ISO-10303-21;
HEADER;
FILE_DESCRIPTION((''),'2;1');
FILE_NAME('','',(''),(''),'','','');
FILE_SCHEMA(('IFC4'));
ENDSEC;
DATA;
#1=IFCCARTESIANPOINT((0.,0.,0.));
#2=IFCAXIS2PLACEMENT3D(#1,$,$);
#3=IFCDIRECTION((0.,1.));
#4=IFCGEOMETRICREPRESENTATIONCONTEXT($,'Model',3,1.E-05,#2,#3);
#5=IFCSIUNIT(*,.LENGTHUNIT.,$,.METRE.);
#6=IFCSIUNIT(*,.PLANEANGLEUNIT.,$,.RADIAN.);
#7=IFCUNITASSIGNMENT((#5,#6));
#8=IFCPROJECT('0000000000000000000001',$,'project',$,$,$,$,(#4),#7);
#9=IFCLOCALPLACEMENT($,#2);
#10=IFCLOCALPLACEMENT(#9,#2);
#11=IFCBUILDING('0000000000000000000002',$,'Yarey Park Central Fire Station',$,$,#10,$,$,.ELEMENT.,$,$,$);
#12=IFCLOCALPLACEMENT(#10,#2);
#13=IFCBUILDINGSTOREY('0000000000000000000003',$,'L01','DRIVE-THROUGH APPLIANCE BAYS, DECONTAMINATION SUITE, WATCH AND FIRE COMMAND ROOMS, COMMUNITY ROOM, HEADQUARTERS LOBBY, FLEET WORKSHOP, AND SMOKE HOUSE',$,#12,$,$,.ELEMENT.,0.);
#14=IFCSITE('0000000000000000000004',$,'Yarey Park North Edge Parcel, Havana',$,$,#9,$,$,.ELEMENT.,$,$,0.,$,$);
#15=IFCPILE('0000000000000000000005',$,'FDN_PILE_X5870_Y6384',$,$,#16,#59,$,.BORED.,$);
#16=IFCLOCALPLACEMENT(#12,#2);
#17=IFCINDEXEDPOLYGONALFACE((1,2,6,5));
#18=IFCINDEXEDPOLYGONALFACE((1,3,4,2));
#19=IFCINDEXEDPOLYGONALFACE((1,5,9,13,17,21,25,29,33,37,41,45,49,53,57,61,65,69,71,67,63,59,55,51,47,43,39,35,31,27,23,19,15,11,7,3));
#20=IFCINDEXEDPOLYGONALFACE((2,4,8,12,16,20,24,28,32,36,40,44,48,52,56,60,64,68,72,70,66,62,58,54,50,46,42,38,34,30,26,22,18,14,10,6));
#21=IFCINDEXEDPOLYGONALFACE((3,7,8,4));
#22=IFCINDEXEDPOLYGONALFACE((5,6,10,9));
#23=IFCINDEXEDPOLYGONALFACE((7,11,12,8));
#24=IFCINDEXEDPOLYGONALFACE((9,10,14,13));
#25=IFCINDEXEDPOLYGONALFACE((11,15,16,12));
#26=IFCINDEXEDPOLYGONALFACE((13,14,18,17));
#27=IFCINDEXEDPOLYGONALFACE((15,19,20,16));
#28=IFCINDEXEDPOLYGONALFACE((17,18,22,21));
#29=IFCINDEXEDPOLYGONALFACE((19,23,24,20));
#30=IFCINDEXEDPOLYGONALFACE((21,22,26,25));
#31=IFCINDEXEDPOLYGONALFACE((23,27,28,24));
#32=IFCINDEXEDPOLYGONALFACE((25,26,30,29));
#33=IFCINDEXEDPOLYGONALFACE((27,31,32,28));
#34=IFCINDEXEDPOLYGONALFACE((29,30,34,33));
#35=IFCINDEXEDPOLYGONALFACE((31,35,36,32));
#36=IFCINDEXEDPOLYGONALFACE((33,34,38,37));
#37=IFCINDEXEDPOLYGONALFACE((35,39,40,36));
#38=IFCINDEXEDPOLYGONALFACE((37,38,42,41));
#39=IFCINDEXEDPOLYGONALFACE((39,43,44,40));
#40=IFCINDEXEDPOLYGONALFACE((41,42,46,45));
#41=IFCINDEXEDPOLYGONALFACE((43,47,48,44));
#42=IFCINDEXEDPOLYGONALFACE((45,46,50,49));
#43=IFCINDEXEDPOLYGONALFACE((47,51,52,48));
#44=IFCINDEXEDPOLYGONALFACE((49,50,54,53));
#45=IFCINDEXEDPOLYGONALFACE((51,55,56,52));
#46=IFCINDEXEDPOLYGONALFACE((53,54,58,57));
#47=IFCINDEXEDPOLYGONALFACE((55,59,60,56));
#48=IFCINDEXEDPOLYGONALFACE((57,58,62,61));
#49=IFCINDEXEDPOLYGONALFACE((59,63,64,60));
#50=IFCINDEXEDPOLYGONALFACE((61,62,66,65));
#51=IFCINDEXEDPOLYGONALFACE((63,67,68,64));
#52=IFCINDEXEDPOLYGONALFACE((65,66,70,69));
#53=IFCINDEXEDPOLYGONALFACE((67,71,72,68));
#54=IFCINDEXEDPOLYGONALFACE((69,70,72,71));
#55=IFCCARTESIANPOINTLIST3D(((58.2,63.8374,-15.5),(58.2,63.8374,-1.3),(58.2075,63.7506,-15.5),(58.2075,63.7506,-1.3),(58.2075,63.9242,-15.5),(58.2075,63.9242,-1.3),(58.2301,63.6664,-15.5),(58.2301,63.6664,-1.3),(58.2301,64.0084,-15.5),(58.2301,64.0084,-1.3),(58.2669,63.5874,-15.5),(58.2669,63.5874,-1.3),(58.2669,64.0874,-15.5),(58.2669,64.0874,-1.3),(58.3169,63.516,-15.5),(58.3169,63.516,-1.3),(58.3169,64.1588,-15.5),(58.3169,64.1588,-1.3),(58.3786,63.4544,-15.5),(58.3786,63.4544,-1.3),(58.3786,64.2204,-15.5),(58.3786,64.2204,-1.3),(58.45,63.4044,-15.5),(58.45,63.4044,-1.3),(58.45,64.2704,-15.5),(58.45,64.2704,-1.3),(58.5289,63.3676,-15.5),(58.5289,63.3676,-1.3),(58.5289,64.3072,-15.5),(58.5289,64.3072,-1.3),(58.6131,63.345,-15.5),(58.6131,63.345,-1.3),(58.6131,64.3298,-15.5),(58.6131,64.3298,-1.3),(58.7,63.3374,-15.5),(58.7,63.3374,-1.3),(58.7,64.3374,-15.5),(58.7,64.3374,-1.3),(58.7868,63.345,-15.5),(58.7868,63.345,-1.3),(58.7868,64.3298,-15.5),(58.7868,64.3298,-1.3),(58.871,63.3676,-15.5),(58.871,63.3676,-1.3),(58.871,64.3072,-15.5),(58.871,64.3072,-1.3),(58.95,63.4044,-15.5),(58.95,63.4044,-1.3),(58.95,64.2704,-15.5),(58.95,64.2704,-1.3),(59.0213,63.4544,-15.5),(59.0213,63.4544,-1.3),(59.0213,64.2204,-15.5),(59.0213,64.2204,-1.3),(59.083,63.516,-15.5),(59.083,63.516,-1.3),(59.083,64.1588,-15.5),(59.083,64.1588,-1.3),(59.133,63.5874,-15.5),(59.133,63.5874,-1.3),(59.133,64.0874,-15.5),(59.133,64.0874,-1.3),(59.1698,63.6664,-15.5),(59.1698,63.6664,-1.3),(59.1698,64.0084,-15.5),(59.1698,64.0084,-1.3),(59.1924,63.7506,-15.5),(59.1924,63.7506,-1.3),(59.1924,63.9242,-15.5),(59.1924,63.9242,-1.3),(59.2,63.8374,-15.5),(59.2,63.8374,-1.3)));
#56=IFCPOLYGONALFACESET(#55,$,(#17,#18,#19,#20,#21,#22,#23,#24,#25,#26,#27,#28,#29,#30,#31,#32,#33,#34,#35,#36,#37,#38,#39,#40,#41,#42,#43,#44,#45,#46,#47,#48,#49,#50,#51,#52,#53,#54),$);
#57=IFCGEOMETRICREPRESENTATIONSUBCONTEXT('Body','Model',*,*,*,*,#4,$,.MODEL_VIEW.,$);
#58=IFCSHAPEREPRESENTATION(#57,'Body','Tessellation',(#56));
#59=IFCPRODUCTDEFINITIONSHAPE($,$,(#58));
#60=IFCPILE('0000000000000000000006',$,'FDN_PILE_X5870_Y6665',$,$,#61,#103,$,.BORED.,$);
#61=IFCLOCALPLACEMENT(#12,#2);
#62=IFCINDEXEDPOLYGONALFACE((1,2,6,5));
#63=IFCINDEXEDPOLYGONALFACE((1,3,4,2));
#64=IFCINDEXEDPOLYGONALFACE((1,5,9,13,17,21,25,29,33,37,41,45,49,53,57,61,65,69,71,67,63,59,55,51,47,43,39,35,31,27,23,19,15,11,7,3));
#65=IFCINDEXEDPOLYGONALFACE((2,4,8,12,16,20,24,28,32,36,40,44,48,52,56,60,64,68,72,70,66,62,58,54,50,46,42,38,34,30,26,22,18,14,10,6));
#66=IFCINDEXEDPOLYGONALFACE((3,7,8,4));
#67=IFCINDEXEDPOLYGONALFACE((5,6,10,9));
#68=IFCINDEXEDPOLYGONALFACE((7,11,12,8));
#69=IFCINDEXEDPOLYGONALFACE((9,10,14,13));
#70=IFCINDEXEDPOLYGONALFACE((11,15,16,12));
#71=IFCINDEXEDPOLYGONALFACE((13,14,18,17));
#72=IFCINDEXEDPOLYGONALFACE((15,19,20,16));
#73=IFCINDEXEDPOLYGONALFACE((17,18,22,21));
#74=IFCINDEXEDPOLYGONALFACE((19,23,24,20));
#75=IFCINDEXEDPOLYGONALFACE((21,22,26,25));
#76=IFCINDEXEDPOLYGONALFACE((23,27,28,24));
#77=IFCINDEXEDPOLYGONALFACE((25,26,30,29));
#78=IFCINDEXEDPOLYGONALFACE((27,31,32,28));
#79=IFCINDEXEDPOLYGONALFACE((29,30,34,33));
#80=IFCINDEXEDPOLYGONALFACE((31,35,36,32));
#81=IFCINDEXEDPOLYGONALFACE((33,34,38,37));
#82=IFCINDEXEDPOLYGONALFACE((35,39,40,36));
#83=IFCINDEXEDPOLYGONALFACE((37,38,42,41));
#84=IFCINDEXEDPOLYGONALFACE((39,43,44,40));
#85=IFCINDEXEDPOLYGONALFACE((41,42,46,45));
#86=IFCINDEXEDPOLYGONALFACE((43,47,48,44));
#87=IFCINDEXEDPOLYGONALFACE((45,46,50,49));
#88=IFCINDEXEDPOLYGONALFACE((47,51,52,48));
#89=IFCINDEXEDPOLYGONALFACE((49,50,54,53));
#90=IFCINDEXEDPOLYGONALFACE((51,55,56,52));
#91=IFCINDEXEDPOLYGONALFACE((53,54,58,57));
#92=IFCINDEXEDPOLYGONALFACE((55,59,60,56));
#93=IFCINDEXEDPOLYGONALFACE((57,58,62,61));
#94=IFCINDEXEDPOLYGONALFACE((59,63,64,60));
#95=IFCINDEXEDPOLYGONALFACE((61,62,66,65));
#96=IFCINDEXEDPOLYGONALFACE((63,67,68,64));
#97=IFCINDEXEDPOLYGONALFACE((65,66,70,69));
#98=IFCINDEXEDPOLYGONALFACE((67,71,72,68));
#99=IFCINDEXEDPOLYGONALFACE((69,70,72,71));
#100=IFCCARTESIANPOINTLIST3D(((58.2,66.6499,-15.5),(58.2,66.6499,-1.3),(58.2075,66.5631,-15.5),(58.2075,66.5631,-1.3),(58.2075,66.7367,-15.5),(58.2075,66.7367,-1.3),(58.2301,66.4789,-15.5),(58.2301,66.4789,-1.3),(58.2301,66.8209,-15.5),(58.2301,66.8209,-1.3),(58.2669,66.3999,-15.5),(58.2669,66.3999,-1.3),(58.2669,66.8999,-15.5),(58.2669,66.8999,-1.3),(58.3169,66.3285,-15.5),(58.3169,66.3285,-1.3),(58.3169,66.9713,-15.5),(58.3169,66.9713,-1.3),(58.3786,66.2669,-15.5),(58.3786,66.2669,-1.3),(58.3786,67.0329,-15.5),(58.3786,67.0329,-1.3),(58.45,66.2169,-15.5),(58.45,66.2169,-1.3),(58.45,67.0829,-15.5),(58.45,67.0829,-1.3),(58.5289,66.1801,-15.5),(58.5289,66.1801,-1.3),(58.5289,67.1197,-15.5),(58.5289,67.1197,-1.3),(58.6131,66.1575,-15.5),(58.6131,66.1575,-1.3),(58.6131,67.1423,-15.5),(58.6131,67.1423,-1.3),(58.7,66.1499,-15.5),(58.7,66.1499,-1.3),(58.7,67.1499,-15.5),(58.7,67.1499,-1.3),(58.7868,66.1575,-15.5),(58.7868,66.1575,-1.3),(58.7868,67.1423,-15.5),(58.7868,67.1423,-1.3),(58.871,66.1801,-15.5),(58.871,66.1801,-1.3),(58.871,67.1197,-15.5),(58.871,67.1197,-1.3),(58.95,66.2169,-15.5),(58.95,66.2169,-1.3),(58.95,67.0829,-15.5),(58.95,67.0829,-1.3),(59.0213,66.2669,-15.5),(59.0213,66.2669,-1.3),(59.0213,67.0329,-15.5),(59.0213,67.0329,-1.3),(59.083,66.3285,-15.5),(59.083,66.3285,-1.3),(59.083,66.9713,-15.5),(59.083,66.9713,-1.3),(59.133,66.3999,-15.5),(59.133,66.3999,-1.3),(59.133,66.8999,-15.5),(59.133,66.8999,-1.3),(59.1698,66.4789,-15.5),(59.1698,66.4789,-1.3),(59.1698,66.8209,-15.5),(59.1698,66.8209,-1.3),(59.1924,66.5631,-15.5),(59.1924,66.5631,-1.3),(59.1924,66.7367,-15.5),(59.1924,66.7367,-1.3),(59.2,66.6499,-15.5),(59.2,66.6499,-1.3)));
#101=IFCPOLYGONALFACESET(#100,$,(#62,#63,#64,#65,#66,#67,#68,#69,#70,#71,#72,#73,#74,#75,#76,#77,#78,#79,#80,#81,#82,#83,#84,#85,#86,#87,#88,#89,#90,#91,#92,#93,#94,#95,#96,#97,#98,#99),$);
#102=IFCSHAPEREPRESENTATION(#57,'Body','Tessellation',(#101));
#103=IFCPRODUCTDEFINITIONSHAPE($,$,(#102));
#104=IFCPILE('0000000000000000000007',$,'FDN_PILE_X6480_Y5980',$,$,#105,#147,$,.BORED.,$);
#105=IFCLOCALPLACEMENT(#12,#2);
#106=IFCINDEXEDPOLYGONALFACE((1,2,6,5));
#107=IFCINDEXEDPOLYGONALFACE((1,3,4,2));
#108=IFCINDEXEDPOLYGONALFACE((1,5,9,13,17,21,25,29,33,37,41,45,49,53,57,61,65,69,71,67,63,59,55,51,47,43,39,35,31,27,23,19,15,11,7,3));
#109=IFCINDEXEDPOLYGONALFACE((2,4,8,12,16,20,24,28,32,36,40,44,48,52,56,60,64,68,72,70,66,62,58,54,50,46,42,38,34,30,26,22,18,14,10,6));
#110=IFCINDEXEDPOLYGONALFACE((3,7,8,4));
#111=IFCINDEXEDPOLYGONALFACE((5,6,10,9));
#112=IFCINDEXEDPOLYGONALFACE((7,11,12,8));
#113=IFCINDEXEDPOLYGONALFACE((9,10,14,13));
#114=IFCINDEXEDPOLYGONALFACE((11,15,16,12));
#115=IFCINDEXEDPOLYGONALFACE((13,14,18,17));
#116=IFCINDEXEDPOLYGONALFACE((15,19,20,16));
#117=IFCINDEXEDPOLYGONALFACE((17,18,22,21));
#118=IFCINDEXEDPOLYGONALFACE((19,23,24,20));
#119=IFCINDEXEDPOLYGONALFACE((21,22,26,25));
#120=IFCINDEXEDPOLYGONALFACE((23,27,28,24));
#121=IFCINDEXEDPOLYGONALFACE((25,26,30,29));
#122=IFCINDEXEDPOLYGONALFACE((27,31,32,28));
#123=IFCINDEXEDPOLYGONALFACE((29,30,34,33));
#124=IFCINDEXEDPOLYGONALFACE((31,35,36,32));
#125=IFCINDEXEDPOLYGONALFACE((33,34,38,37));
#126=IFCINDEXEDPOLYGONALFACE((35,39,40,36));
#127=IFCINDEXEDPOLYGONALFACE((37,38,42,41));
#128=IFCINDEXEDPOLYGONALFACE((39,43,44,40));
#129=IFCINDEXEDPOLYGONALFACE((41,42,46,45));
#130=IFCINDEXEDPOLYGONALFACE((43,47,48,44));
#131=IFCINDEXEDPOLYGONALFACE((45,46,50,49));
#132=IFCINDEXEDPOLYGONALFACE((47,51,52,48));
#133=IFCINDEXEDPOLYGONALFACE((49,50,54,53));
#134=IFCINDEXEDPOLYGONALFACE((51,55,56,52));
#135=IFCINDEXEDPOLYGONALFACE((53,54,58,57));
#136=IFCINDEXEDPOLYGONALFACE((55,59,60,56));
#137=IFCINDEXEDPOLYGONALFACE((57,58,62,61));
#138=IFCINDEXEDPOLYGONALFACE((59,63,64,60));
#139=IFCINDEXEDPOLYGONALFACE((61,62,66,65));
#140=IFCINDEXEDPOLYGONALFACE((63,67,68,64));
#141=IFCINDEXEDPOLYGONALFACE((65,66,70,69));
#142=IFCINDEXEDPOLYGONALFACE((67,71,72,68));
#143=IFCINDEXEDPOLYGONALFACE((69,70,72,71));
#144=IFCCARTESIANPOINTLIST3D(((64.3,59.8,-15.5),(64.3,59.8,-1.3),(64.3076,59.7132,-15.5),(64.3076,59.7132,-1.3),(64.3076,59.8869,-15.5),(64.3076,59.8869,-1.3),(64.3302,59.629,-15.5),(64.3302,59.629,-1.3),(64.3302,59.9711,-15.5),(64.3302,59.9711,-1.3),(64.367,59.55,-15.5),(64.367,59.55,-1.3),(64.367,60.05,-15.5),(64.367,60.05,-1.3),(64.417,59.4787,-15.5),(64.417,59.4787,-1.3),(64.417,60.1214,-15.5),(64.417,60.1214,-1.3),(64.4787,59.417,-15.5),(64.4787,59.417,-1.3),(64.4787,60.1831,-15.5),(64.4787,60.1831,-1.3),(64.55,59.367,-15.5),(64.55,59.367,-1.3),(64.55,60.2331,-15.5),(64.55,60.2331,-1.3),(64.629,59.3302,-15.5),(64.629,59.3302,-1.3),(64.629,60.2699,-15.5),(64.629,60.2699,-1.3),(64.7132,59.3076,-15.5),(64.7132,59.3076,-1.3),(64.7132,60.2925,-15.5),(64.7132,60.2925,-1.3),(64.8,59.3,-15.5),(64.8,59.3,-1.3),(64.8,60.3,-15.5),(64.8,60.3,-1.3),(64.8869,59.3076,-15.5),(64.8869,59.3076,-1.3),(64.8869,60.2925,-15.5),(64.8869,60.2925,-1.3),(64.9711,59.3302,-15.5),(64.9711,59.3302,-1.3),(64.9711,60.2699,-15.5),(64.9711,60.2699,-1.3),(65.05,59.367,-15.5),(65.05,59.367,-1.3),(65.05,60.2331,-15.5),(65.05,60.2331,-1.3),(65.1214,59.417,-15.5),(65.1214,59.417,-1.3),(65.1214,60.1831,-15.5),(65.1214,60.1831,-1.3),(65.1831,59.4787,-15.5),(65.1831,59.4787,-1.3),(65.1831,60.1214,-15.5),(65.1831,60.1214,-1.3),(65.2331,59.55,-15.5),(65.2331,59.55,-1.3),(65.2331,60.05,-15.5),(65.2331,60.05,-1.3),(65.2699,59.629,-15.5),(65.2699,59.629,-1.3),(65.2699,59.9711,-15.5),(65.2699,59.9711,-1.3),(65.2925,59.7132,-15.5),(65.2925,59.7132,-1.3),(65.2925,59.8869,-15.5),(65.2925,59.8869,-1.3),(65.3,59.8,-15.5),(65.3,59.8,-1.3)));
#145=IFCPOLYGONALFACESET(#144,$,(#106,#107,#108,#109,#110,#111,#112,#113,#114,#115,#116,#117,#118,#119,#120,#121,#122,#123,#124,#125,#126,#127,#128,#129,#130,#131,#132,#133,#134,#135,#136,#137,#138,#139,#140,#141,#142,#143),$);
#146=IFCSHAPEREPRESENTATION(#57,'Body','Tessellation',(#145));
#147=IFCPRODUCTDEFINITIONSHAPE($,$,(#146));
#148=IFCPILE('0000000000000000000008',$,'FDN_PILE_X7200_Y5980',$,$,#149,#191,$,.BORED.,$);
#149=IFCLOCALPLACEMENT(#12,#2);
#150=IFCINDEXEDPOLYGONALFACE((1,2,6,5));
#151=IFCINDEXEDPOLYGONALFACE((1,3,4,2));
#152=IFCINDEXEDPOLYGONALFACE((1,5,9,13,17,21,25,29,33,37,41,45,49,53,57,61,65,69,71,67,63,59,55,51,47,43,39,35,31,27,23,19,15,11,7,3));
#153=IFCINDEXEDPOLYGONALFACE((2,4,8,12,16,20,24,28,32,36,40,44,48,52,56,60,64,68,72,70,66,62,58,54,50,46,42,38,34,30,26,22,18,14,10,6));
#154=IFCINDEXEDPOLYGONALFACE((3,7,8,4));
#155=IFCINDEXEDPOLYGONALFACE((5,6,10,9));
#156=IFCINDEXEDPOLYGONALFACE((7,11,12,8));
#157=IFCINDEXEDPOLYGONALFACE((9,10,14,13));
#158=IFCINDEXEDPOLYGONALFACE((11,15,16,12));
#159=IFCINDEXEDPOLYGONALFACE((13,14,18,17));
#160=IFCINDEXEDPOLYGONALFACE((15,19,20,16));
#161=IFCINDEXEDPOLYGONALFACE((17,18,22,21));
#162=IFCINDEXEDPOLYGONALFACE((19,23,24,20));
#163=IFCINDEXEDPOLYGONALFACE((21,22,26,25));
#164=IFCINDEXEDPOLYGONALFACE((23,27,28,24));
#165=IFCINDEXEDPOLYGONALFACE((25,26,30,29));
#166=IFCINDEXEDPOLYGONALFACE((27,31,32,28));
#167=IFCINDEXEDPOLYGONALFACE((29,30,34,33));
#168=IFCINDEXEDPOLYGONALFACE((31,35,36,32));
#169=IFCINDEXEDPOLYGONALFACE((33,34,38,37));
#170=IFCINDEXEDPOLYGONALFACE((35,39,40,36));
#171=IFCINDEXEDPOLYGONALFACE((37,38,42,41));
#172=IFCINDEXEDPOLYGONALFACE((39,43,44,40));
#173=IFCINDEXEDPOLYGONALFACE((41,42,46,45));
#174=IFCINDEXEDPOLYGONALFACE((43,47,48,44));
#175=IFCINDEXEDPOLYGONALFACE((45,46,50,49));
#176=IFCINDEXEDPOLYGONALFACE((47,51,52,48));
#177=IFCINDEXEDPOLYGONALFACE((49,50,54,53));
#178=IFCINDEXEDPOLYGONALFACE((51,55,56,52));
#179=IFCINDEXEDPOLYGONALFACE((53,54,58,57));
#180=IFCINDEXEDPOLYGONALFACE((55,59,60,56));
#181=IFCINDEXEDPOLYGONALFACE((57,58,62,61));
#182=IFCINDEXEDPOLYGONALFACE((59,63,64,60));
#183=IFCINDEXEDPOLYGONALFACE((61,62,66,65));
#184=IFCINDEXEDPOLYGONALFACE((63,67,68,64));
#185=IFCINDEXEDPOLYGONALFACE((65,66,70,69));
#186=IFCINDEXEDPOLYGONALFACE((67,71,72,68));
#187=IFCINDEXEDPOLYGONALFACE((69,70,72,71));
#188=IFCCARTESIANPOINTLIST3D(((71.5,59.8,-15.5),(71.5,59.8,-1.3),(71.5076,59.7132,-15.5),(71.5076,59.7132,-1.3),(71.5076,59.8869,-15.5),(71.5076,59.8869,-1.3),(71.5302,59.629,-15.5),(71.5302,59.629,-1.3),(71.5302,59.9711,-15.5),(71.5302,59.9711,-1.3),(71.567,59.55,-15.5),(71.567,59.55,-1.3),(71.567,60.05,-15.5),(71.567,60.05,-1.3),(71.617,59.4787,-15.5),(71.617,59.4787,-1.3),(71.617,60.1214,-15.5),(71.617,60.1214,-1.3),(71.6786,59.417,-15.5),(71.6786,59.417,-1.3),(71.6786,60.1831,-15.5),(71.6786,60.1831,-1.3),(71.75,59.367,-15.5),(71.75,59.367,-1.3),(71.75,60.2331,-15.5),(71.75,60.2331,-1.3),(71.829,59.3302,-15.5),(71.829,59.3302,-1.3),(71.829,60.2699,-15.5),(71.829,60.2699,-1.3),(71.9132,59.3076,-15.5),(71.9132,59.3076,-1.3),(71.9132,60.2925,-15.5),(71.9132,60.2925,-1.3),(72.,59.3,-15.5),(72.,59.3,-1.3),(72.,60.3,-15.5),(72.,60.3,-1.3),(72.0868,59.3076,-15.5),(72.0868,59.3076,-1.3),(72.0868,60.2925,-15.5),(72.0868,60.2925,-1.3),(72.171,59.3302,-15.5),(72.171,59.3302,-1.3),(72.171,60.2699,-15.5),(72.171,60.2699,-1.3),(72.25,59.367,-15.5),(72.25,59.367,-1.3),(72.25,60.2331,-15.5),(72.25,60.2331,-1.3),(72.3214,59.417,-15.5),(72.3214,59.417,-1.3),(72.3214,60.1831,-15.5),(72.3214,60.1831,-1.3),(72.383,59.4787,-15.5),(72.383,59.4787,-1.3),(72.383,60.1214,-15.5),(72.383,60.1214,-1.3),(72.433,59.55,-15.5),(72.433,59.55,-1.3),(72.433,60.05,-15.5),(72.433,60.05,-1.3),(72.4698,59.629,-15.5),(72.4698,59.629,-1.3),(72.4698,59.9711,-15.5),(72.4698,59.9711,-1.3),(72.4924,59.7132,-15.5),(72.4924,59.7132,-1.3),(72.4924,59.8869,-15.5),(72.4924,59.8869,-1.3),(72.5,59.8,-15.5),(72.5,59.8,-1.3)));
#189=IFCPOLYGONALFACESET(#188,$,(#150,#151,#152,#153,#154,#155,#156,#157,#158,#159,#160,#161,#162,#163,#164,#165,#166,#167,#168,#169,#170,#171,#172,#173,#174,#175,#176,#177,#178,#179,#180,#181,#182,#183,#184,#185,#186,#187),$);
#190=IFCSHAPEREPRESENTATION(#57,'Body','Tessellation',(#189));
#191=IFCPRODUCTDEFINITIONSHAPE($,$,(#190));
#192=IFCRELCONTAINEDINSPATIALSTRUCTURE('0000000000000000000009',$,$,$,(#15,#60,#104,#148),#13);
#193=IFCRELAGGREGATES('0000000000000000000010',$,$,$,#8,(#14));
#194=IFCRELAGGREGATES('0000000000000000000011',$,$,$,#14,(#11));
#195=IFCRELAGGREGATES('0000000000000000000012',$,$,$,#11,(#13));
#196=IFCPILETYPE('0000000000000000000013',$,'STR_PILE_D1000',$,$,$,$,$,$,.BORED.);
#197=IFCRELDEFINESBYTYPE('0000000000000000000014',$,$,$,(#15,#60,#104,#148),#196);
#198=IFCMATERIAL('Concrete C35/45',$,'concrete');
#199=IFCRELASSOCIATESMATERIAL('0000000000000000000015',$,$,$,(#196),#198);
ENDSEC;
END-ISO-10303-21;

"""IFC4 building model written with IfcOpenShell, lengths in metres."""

from ifc_helpers import new_model, si_unit, direction, frame, origin, origin_2d, place, context, subcontext, project, spatial, circle, extrude, material, material_profile, profile_set, type_object, element, save


model = new_model("IFC4")

# Units and contexts
model_context = context("Model", 3, precision=1e-05, world=origin(), true_north=direction((0.0, 1.0)))
body_context = subcontext(model_context, "Body", "Model", "MODEL_VIEW")
ifc_project = project(units=[si_unit("LENGTHUNIT", "METRE"), si_unit("PLANEANGLEUNIT", "RADIAN")], contexts=[model_context])

# Site, building, storey
site_placement = place(None, origin())
site = spatial("IfcSite", under=ifc_project, at=site_placement, Name="Yarey Park North Edge Parcel, Havana", CompositionType="ELEMENT", RefElevation=0.0)
building_placement = place(site_placement, origin())
building = spatial("IfcBuilding", under=site, at=building_placement, Name="Yarey Park Central Fire Station", CompositionType="ELEMENT")
storey_placement = place(building_placement, origin())
storey = spatial("IfcBuildingStorey", under=building, at=storey_placement, Name="L01", Description="DRIVE-THROUGH APPLIANCE BAYS, DECONTAMINATION SUITE, WATCH AND FIRE COMMAND ROOMS, COMMUNITY ROOM, HEADQUARTERS LOBBY, FLEET WORKSHOP, AND SMOKE HOUSE", CompositionType="ELEMENT", Elevation=0.0)

# Shared definitions
ifc_material_1 = material(Name="Concrete C35/45", Category="concrete")

# Piles
ifc_material_profile_1 = material_profile(ifc_material_1, circle(Radius=0.5, at=origin_2d()), Name="BORED PILE D1000")
ifc_profile_set_1 = profile_set([ifc_material_profile_1], Name="Concrete C35/45")
pile_type_1 = type_object("IfcPileType", Name="STR_PILE_D1000", PredefinedType="BORED", material=ifc_profile_set_1)
for number, where, z_axis, x_axis, name in (
    (1, (58.7, 63.8374, -1.3), (0.0, 0.0, -1.0), (1.0, 0.0, 0.0), "FDN_PILE_X5870_Y6384"),
    (2, (58.7, 66.6499, -1.3), (0.0, 0.0, -1.0), (1.0, 0.0, 0.0), "FDN_PILE_X5870_Y6665"),
    (3, (64.8, 59.8, -1.3), (0.0, 0.0, -1.0), (1.0, 0.0, 0.0), "FDN_PILE_X6480_Y5980"),
    (4, (72.0, 59.8, -1.3), (0.0, 0.0, -1.0), (1.0, 0.0, 0.0), "FDN_PILE_X7200_Y5980"),
):
    element("IfcPile", number, at=place(storey_placement, frame(where, z_axis=z_axis, x_axis=x_axis)), inside=storey, type_object=pile_type_1, Name=name, PredefinedType="BORED", context=body_context, shape_type="SweptSolid", body=[
        extrude(circle(Radius=0.5, at=origin_2d()), origin(), (0.0, 0.0, 1.0), 14.2),
    ])

save(model, "model.ifc")
